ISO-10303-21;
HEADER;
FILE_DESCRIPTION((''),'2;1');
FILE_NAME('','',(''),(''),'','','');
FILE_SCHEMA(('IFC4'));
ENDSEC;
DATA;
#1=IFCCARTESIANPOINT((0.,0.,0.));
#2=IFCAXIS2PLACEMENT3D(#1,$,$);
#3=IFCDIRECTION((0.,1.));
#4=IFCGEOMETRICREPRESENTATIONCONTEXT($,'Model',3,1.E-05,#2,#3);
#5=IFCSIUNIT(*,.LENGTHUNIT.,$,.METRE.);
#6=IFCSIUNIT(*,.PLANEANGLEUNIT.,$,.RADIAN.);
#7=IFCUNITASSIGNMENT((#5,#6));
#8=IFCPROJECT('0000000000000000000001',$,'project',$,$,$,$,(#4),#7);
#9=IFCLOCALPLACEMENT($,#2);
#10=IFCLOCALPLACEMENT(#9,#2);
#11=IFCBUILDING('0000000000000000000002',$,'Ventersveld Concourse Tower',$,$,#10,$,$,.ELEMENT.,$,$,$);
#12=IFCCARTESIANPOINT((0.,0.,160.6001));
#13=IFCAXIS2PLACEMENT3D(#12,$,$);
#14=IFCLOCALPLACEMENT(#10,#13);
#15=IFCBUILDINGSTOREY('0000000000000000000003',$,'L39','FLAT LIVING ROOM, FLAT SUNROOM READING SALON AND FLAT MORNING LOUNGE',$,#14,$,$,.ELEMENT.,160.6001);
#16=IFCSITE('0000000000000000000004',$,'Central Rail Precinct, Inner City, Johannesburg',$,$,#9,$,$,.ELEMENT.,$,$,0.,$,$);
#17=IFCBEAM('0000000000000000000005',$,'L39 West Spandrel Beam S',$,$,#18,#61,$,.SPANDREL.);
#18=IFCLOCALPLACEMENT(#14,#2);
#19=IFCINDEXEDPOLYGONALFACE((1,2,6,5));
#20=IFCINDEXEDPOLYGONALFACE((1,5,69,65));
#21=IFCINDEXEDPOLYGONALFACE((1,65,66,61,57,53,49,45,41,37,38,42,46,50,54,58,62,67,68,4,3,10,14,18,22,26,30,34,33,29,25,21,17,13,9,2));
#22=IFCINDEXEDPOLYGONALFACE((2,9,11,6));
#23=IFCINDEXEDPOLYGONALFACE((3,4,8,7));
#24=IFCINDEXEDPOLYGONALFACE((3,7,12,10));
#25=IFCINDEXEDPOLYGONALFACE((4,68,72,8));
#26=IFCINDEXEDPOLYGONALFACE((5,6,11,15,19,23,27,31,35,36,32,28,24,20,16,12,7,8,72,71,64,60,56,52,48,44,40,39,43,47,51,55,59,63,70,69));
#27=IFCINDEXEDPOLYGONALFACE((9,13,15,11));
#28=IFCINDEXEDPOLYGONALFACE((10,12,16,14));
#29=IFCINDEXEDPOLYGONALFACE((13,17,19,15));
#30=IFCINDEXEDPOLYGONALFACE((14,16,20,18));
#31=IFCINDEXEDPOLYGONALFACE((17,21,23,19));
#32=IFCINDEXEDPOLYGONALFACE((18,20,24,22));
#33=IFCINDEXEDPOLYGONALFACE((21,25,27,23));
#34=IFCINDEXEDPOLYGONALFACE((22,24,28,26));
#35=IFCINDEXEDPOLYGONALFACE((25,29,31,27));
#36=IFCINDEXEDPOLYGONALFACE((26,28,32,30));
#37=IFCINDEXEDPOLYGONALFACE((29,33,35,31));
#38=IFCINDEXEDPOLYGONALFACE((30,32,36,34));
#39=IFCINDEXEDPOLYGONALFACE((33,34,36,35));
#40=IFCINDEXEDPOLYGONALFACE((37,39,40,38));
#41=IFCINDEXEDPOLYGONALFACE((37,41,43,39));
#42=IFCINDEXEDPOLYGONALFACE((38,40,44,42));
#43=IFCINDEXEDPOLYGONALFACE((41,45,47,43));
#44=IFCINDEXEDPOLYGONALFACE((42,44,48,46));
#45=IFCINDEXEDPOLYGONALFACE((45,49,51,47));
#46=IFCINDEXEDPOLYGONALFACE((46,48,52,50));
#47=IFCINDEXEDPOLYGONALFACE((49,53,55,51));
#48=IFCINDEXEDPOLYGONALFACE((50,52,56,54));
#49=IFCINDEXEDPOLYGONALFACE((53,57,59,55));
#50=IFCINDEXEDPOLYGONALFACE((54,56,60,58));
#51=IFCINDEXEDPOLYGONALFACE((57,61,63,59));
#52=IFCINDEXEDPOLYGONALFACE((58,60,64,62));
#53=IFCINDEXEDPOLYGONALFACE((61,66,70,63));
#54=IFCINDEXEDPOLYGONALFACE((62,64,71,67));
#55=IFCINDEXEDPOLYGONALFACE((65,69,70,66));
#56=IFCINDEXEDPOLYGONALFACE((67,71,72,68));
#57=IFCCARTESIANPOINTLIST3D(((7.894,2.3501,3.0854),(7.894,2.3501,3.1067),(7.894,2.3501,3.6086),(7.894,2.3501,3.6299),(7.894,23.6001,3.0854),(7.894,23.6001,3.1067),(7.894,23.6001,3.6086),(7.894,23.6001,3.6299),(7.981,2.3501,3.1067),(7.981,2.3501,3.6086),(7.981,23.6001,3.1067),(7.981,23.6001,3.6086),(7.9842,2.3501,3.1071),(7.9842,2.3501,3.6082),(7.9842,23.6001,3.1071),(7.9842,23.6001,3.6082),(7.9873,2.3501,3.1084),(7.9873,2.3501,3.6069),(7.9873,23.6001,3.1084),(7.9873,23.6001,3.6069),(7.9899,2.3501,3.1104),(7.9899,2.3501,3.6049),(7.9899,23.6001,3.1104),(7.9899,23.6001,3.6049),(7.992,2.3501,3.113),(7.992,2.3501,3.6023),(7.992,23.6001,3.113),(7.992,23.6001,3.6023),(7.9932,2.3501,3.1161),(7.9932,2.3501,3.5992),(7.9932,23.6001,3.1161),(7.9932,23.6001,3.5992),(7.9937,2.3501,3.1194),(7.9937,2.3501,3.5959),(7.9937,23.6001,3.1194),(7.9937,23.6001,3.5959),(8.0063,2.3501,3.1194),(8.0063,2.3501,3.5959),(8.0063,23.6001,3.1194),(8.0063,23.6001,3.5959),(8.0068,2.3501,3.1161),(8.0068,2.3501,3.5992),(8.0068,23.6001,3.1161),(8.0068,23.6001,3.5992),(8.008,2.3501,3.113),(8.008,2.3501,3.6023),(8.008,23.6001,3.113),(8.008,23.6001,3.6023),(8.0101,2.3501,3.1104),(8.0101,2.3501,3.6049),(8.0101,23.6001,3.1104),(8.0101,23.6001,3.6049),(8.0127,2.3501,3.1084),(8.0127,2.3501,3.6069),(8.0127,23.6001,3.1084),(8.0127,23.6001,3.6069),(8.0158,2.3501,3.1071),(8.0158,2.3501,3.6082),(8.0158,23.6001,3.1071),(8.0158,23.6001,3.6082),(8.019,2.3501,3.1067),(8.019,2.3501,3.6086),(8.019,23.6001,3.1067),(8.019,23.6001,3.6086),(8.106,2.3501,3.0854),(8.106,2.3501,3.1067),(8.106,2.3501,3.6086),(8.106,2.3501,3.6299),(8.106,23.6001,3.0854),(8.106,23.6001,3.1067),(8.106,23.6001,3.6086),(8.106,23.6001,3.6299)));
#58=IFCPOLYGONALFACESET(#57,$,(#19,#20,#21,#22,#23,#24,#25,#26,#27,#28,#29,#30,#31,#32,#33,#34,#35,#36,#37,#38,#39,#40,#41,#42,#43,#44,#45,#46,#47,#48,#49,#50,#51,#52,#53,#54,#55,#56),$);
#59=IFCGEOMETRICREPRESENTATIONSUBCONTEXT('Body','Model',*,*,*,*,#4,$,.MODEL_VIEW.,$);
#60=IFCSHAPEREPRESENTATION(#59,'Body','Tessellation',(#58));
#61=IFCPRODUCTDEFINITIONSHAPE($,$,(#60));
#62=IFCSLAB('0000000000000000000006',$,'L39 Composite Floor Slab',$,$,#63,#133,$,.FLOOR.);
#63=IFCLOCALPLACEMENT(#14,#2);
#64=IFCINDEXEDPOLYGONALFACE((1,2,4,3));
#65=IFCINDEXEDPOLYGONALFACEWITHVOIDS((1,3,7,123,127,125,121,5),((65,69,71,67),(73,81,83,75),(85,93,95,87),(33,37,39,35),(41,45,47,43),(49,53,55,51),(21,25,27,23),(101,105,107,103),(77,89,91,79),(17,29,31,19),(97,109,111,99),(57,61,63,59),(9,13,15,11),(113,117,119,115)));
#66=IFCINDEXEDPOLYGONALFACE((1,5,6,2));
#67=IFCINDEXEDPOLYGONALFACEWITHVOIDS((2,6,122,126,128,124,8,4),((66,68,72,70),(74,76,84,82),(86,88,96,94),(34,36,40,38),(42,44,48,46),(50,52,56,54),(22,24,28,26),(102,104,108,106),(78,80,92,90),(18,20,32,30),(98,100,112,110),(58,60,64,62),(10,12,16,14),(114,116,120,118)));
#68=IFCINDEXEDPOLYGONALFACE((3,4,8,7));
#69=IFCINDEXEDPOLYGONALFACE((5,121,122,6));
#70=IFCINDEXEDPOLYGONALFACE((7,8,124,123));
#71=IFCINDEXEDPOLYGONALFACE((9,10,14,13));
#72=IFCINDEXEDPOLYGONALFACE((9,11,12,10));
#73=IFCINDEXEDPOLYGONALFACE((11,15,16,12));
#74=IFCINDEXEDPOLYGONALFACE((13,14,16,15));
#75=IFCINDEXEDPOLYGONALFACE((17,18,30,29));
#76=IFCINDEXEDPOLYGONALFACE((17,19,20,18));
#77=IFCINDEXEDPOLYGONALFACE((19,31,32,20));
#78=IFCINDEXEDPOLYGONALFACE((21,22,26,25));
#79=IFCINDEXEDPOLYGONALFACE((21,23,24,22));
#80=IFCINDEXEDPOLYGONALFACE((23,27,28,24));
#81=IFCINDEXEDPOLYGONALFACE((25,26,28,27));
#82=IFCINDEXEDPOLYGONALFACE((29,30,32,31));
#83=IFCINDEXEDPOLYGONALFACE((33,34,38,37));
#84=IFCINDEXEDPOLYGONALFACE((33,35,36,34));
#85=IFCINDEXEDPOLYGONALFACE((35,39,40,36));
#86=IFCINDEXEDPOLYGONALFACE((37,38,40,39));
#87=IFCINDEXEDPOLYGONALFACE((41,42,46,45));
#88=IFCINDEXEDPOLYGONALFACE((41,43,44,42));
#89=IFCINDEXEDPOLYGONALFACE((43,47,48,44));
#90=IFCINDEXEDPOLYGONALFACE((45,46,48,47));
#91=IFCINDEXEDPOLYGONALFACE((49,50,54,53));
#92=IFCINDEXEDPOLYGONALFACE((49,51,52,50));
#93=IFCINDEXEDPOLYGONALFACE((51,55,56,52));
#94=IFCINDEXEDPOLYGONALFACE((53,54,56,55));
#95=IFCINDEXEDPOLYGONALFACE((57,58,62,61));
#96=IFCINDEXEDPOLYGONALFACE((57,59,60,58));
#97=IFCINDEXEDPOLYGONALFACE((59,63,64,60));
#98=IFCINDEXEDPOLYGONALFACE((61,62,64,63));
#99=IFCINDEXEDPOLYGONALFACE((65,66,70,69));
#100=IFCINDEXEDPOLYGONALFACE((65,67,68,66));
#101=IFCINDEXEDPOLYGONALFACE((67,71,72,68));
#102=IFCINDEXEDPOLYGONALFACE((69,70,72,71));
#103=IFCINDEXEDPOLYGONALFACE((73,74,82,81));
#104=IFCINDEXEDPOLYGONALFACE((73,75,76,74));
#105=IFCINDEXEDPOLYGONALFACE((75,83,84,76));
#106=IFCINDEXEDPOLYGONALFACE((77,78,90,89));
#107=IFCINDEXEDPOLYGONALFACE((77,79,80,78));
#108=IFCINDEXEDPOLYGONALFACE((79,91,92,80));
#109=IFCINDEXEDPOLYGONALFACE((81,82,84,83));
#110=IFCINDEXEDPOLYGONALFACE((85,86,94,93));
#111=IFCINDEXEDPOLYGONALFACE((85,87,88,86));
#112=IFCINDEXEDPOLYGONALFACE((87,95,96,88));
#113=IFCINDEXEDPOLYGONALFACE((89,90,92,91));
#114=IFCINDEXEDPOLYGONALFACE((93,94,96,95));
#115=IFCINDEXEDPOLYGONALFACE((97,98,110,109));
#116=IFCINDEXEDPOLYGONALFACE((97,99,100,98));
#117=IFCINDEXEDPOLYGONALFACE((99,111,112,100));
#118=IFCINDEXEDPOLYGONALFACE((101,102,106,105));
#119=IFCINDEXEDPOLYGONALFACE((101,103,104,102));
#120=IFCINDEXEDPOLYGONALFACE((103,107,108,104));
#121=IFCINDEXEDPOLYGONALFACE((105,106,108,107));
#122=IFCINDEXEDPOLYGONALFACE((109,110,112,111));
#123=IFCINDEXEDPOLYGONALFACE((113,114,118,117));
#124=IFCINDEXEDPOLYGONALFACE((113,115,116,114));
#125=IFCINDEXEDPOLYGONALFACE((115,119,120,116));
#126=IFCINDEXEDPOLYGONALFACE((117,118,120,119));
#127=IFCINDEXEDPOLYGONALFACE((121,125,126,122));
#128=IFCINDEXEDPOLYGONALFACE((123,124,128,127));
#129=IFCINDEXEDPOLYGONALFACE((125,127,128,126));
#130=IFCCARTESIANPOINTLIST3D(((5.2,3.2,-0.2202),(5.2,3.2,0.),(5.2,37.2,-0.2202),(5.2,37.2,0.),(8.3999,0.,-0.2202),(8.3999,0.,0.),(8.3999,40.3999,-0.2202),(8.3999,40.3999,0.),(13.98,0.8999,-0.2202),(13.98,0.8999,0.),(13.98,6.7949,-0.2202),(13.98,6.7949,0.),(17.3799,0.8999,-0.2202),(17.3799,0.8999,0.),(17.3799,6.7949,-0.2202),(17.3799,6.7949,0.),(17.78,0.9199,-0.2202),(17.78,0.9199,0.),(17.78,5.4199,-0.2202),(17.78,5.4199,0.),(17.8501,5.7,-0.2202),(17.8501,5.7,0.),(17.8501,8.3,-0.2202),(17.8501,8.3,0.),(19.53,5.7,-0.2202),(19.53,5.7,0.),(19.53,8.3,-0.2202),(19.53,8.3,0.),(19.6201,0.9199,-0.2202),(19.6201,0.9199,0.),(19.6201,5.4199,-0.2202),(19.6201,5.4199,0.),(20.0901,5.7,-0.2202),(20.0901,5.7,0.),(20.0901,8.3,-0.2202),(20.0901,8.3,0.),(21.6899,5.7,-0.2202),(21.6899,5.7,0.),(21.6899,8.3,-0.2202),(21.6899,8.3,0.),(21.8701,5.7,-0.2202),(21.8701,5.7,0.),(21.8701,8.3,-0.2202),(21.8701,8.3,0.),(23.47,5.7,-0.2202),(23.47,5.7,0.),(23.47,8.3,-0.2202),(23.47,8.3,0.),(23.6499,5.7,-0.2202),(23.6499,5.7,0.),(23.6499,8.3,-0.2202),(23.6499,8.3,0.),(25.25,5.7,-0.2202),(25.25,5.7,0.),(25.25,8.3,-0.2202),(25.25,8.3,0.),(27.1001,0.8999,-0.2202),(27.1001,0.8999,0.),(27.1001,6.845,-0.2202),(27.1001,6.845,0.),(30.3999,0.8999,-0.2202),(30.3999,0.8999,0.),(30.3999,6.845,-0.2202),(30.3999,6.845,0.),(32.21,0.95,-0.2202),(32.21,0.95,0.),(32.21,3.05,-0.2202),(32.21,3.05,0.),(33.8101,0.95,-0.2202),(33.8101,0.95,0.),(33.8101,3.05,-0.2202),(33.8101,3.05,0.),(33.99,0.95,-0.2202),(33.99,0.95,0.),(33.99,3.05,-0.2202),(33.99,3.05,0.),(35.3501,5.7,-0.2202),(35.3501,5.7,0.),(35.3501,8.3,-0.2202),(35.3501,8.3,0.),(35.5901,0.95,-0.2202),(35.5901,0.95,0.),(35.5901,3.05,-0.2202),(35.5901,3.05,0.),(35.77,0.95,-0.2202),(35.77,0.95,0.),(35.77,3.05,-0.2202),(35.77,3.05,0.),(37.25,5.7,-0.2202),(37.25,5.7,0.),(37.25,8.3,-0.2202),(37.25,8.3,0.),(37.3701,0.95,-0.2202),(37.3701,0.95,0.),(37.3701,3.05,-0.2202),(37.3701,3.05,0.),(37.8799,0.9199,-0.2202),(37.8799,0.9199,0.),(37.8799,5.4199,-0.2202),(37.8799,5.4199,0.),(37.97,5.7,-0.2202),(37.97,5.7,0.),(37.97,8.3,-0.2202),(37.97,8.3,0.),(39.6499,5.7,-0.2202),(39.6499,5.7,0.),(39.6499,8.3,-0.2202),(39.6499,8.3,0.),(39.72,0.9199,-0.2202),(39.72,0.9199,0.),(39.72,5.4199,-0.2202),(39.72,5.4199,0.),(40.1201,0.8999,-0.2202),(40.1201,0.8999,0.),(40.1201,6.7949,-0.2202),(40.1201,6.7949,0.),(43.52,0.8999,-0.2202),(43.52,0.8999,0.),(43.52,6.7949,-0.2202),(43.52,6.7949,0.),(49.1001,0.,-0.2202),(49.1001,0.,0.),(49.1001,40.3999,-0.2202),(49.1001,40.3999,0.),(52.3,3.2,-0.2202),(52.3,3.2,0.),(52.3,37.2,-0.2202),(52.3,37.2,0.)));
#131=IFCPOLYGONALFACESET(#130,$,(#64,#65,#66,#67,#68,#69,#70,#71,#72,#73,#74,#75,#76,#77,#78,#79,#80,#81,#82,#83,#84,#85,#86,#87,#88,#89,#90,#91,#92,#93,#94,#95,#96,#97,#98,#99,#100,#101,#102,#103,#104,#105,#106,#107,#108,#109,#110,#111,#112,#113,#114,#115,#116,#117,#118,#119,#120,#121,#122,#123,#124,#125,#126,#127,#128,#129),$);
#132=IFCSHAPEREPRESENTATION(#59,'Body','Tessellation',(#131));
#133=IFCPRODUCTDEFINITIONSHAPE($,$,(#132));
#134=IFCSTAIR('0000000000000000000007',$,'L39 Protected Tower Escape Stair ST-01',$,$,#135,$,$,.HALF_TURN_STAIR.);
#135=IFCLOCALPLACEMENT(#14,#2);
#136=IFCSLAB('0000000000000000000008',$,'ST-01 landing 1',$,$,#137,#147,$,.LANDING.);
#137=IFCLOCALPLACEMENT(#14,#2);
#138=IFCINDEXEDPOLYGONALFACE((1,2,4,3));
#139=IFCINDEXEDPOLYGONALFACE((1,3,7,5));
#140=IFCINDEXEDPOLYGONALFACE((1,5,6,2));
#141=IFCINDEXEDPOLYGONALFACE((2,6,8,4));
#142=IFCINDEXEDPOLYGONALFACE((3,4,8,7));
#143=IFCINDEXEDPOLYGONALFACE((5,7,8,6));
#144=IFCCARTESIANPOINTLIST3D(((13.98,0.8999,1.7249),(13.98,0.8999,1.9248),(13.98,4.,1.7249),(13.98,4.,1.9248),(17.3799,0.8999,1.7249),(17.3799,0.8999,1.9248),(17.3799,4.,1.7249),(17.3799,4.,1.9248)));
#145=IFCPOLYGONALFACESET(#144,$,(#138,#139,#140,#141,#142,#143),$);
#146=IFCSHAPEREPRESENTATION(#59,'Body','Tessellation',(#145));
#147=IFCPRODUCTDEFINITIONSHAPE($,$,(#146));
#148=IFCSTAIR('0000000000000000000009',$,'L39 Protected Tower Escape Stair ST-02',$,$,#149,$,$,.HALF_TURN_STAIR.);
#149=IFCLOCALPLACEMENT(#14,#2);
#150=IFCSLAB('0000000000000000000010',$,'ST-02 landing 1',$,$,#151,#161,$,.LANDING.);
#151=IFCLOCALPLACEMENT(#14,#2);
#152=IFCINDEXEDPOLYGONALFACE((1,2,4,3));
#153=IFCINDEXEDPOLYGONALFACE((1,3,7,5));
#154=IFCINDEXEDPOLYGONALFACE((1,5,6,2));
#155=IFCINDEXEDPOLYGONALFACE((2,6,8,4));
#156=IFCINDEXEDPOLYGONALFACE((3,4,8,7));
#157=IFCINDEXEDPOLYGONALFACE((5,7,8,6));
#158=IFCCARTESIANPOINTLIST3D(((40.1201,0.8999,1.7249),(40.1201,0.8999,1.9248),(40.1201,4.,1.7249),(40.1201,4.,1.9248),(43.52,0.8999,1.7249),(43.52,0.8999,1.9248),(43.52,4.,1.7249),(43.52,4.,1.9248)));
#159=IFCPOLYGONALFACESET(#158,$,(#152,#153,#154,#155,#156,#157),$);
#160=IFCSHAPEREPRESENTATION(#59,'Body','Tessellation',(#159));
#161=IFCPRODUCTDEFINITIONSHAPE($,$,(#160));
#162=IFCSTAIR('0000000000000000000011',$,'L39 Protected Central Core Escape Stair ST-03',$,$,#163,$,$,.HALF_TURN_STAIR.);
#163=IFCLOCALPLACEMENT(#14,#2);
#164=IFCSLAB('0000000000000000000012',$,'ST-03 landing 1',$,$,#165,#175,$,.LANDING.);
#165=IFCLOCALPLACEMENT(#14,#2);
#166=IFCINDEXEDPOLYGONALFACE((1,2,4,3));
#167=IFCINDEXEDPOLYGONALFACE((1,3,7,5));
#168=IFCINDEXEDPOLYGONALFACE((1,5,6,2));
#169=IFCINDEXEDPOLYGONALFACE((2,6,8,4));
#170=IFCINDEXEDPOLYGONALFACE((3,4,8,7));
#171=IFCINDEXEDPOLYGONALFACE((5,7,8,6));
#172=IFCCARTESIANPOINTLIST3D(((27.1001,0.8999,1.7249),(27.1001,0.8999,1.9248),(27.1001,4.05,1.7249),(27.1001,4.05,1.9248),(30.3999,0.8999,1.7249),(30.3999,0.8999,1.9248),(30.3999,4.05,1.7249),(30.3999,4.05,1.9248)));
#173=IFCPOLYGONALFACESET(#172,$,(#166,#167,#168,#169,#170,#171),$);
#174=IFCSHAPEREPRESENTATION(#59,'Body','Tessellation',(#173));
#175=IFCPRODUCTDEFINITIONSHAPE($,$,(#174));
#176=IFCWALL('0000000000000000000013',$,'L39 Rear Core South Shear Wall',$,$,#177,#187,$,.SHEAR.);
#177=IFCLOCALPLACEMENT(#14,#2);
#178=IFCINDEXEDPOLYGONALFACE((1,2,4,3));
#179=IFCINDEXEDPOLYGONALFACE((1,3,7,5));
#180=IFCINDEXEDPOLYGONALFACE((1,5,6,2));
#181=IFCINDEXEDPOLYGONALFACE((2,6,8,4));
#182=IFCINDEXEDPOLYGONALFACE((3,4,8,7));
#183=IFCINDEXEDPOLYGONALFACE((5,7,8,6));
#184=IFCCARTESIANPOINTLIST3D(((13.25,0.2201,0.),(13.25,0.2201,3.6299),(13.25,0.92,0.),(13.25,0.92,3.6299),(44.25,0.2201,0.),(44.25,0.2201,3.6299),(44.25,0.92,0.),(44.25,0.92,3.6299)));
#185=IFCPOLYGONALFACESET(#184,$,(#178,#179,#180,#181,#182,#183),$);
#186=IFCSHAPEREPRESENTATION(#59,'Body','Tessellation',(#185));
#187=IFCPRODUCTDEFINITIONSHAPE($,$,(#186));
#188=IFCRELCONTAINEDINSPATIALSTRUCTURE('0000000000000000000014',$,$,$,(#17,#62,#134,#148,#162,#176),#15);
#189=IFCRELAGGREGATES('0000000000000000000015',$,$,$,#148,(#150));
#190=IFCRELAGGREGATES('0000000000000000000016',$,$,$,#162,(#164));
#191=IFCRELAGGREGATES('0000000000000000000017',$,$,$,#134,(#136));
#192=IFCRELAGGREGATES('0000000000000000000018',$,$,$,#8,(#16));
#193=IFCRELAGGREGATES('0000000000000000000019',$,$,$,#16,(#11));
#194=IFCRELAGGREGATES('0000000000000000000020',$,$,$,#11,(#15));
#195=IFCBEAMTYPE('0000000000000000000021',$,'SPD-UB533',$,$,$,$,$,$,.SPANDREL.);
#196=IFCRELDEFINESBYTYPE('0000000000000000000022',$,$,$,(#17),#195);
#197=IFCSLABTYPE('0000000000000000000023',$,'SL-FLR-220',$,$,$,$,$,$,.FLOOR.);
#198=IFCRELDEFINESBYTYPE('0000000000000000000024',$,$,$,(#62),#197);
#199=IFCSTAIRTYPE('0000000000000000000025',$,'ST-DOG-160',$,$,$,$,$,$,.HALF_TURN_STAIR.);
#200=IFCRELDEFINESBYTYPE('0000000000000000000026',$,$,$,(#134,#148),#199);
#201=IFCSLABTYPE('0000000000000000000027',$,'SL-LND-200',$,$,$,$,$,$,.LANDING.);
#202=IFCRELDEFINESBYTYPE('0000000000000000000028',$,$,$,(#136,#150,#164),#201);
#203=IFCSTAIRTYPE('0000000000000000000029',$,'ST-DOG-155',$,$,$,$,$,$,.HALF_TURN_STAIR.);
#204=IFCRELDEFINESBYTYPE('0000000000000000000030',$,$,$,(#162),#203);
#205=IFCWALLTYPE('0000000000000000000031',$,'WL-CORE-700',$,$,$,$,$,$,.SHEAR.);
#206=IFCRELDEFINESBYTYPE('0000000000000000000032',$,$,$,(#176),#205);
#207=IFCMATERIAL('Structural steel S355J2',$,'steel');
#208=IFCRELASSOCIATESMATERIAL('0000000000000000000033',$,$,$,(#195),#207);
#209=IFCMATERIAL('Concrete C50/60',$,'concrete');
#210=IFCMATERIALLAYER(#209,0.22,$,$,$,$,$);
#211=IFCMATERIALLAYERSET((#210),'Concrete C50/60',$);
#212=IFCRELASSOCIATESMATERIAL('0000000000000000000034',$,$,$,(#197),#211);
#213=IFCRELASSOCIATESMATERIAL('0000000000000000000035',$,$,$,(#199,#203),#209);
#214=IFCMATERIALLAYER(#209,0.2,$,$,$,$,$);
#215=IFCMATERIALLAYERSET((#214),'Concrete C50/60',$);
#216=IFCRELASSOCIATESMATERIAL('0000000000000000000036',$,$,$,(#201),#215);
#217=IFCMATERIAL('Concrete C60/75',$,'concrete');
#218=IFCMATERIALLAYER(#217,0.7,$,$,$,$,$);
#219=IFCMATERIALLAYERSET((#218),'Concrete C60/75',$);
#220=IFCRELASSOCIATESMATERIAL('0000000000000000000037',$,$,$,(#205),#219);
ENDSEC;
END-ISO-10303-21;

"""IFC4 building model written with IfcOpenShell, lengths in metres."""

from ifc_helpers import new_model, si_unit, direction, frame, frame_2d, origin, origin_2d, place, context, subcontext, project, spatial, polyline, rectangle, i_section, outline, extrude, material, layer, layer_set, material_profile, profile_set, type_object, element, aggregate, save


model = new_model("IFC4")

# Units and contexts
model_context = context("Model", 3, precision=1e-05, world=origin(), true_north=direction((0.0, 1.0)))
body_context = subcontext(model_context, "Body", "Model", "MODEL_VIEW")
ifc_project = project(units=[si_unit("LENGTHUNIT", "METRE"), si_unit("PLANEANGLEUNIT", "RADIAN")], contexts=[model_context])

# Site, building, storey
site_placement = place(None, origin())
site = spatial("IfcSite", under=ifc_project, at=site_placement, Name="Central Rail Precinct, Inner City, Johannesburg", CompositionType="ELEMENT", RefElevation=0.0)
building_placement = place(site_placement, origin())
building = spatial("IfcBuilding", under=site, at=building_placement, Name="Ventersveld Concourse Tower", CompositionType="ELEMENT")
storey_placement = place(building_placement, frame((0.0, 0.0, 160.6001)))
storey = spatial("IfcBuildingStorey", under=building, at=storey_placement, Name="L39", Description="FLAT LIVING ROOM, FLAT SUNROOM READING SALON AND FLAT MORNING LOUNGE", CompositionType="ELEMENT", Elevation=160.6001)

# Shared definitions
ifc_material_1 = material(Name="Concrete C50/60", Category="concrete")

# Shared definitions
ifc_material_2 = material(Name="Structural steel S355J2", Category="steel")

# Beam
ifc_material_profile_1 = material_profile(ifc_material_2, i_section(OverallWidth=0.2119, OverallDepth=0.5444, WebThickness=0.0127, FlangeThickness=0.0212, FilletRadius=0.0127, at=origin_2d()), Name="UB 533x210x122")
ifc_profile_set_1 = profile_set([ifc_material_profile_1], Name="Structural steel S355J2")
beam_type_1 = type_object("IfcBeamType", Name="SPD-UB533", PredefinedType="SPANDREL", material=ifc_profile_set_1)
beam_1_placement = place(storey_placement, frame((8.0, 2.3501, 3.3577), z_axis=(0.0, 1.0, 0.0), x_axis=(-1.0, 0.0, 0.0)))
element("IfcBeam", 1, at=beam_1_placement, inside=storey, type_object=beam_type_1, Name="L39 West Spandrel Beam S", PredefinedType="SPANDREL", context=body_context, shape_type="SweptSolid", body=[
    extrude(i_section(OverallWidth=0.2119, OverallDepth=0.5444, WebThickness=0.0127, FlangeThickness=0.0212, FilletRadius=0.0127, at=origin_2d()), origin(), (0.0, 0.0, 1.0), 21.25),
])

# Slab
ifc_layer_1 = layer(ifc_material_1, 0.22)
ifc_layer_set_1 = layer_set([ifc_layer_1], Name="Concrete C50/60")
slab_type_1 = type_object("IfcSlabType", Name="SL-FLR-220", PredefinedType="FLOOR", material=ifc_layer_set_1)
slab_1_placement = place(storey_placement, frame((0.0, 0.0, -0.2202)))
element("IfcSlab", 2, at=slab_1_placement, inside=storey, type_object=slab_type_1, Name="L39 Composite Floor Slab", PredefinedType="FLOOR", context=body_context, shape_type="SweptSolid", body=[
    extrude(outline(polyline([(8.3999, 0.0), (49.1001, 0.0), (52.3, 3.2), (52.3, 37.2), (49.1001, 40.3999), (8.3999, 40.3999), (5.2, 37.2), (5.2, 3.2), (8.3999, 0.0)]), holes=[polyline([(13.98, 6.7949), (13.98, 0.8999), (17.3799, 0.8999), (17.3799, 6.7949), (13.98, 6.7949)]), polyline([(40.1201, 6.7949), (40.1201, 0.8999), (43.52, 0.8999), (43.52, 6.7949), (40.1201, 6.7949)]), polyline([(27.1001, 6.845), (27.1001, 0.8999), (30.3999, 0.8999), (30.3999, 6.845), (27.1001, 6.845)]), polyline([(17.8501, 5.7), (19.53, 5.7), (19.53, 8.3), (17.8501, 8.3), (17.8501, 5.7)]), polyline([(37.97, 5.7), (39.6499, 5.7), (39.6499, 8.3), (37.97, 8.3), (37.97, 5.7)]), polyline([(35.3501, 5.7), (37.25, 5.7), (37.25, 8.3), (35.3501, 8.3), (35.3501, 5.7)]), polyline([(32.21, 0.95), (33.8101, 0.95), (33.8101, 3.05), (32.21, 3.05), (32.21, 0.95)]), polyline([(33.99, 0.95), (35.5901, 0.95), (35.5901, 3.05), (33.99, 3.05), (33.99, 0.95)]), polyline([(35.77, 0.95), (37.3701, 0.95), (37.3701, 3.05), (35.77, 3.05), (35.77, 0.95)]), polyline([(20.0901, 5.7), (21.6899, 5.7), (21.6899, 8.3), (20.0901, 8.3), (20.0901, 5.7)]), polyline([(21.8701, 5.7), (23.47, 5.7), (23.47, 8.3), (21.8701, 8.3), (21.8701, 5.7)]), polyline([(23.6499, 5.7), (25.25, 5.7), (25.25, 8.3), (23.6499, 8.3), (23.6499, 5.7)]), polyline([(17.78, 0.9199), (19.6201, 0.9199), (19.6201, 5.4199), (17.78, 5.4199), (17.78, 0.9199)]), polyline([(37.8799, 0.9199), (39.72, 0.9199), (39.72, 5.4199), (37.8799, 5.4199), (37.8799, 0.9199)])]), origin(), (0.0, 0.0, 1.0), 0.2202),
])

# Stairs, slabs
stair_type_1 = type_object("IfcStairType", Name="ST-DOG-160", PredefinedType="HALF_TURN_STAIR", material=ifc_material_1)
stair_1_placement = place(storey_placement, origin())
stair_1 = element("IfcStair", 3, at=stair_1_placement, inside=storey, type_object=stair_type_1, Name="L39 Protected Tower Escape Stair ST-01", PredefinedType="HALF_TURN_STAIR")
ifc_layer_2 = layer(ifc_material_1, 0.2)
ifc_layer_set_2 = layer_set([ifc_layer_2], Name="Concrete C50/60")
slab_type_2 = type_object("IfcSlabType", Name="SL-LND-200", PredefinedType="LANDING", material=ifc_layer_set_2)
slab_2_placement = place(storey_placement, frame((0.0, 0.0, 1.7249)))
slab_2 = element("IfcSlab", 4, at=slab_2_placement, type_object=slab_type_2, Name="ST-01 landing 1", PredefinedType="LANDING", context=body_context, shape_type="SweptSolid", body=[
    extrude(outline(polyline([(13.98, 4.0), (13.98, 0.8999), (17.3799, 0.8999), (17.3799, 4.0), (13.98, 4.0)])), origin(), (0.0, 0.0, 1.0), 0.2),
])
stair_2_placement = place(storey_placement, origin())
stair_2 = element("IfcStair", 5, at=stair_2_placement, inside=storey, type_object=stair_type_1, Name="L39 Protected Tower Escape Stair ST-02", PredefinedType="HALF_TURN_STAIR")
slab_3_placement = place(storey_placement, frame((0.0, 0.0, 1.7249)))
slab_3 = element("IfcSlab", 6, at=slab_3_placement, type_object=slab_type_2, Name="ST-02 landing 1", PredefinedType="LANDING", context=body_context, shape_type="SweptSolid", body=[
    extrude(outline(polyline([(40.1201, 4.0), (40.1201, 0.8999), (43.52, 0.8999), (43.52, 4.0), (40.1201, 4.0)])), origin(), (0.0, 0.0, 1.0), 0.2),
])
aggregate(stair_2, [slab_3])
stair_type_2 = type_object("IfcStairType", Name="ST-DOG-155", PredefinedType="HALF_TURN_STAIR", material=ifc_material_1)
stair_3_placement = place(storey_placement, origin())
stair_3 = element("IfcStair", 7, at=stair_3_placement, inside=storey, type_object=stair_type_2, Name="L39 Protected Central Core Escape Stair ST-03", PredefinedType="HALF_TURN_STAIR")
slab_4_placement = place(storey_placement, frame((0.0, 0.0, 1.7249)))
slab_4 = element("IfcSlab", 8, at=slab_4_placement, type_object=slab_type_2, Name="ST-03 landing 1", PredefinedType="LANDING", context=body_context, shape_type="SweptSolid", body=[
    extrude(outline(polyline([(27.1001, 4.05), (27.1001, 0.8999), (30.3999, 0.8999), (30.3999, 4.05), (27.1001, 4.05)])), origin(), (0.0, 0.0, 1.0), 0.2),
])
aggregate(stair_3, [slab_4])

# Wall
ifc_material_3 = material(Name="Concrete C60/75", Category="concrete")
ifc_layer_3 = layer(ifc_material_3, 0.7)
ifc_layer_set_3 = layer_set([ifc_layer_3], Name="Concrete C60/75")
wall_type_1 = type_object("IfcWallType", Name="WL-CORE-700", PredefinedType="SHEAR", material=ifc_layer_set_3)
wall_1_placement = place(storey_placement, frame((13.25, 0.5701, 0.0), z_axis=(0.0, 0.0, 1.0), x_axis=(1.0, 0.0, 0.0)))
element("IfcWall", 9, at=wall_1_placement, inside=storey, type_object=wall_type_1, Name="L39 Rear Core South Shear Wall", PredefinedType="SHEAR", context=body_context, shape_type="SweptSolid", body=[
    extrude(rectangle(XDim=31.0, YDim=0.7, at=frame_2d((15.5, 0.0))), origin(), (0.0, 0.0, 1.0), 3.6299),
])

aggregate(stair_1, [slab_2])

save(model, "model.ifc")
